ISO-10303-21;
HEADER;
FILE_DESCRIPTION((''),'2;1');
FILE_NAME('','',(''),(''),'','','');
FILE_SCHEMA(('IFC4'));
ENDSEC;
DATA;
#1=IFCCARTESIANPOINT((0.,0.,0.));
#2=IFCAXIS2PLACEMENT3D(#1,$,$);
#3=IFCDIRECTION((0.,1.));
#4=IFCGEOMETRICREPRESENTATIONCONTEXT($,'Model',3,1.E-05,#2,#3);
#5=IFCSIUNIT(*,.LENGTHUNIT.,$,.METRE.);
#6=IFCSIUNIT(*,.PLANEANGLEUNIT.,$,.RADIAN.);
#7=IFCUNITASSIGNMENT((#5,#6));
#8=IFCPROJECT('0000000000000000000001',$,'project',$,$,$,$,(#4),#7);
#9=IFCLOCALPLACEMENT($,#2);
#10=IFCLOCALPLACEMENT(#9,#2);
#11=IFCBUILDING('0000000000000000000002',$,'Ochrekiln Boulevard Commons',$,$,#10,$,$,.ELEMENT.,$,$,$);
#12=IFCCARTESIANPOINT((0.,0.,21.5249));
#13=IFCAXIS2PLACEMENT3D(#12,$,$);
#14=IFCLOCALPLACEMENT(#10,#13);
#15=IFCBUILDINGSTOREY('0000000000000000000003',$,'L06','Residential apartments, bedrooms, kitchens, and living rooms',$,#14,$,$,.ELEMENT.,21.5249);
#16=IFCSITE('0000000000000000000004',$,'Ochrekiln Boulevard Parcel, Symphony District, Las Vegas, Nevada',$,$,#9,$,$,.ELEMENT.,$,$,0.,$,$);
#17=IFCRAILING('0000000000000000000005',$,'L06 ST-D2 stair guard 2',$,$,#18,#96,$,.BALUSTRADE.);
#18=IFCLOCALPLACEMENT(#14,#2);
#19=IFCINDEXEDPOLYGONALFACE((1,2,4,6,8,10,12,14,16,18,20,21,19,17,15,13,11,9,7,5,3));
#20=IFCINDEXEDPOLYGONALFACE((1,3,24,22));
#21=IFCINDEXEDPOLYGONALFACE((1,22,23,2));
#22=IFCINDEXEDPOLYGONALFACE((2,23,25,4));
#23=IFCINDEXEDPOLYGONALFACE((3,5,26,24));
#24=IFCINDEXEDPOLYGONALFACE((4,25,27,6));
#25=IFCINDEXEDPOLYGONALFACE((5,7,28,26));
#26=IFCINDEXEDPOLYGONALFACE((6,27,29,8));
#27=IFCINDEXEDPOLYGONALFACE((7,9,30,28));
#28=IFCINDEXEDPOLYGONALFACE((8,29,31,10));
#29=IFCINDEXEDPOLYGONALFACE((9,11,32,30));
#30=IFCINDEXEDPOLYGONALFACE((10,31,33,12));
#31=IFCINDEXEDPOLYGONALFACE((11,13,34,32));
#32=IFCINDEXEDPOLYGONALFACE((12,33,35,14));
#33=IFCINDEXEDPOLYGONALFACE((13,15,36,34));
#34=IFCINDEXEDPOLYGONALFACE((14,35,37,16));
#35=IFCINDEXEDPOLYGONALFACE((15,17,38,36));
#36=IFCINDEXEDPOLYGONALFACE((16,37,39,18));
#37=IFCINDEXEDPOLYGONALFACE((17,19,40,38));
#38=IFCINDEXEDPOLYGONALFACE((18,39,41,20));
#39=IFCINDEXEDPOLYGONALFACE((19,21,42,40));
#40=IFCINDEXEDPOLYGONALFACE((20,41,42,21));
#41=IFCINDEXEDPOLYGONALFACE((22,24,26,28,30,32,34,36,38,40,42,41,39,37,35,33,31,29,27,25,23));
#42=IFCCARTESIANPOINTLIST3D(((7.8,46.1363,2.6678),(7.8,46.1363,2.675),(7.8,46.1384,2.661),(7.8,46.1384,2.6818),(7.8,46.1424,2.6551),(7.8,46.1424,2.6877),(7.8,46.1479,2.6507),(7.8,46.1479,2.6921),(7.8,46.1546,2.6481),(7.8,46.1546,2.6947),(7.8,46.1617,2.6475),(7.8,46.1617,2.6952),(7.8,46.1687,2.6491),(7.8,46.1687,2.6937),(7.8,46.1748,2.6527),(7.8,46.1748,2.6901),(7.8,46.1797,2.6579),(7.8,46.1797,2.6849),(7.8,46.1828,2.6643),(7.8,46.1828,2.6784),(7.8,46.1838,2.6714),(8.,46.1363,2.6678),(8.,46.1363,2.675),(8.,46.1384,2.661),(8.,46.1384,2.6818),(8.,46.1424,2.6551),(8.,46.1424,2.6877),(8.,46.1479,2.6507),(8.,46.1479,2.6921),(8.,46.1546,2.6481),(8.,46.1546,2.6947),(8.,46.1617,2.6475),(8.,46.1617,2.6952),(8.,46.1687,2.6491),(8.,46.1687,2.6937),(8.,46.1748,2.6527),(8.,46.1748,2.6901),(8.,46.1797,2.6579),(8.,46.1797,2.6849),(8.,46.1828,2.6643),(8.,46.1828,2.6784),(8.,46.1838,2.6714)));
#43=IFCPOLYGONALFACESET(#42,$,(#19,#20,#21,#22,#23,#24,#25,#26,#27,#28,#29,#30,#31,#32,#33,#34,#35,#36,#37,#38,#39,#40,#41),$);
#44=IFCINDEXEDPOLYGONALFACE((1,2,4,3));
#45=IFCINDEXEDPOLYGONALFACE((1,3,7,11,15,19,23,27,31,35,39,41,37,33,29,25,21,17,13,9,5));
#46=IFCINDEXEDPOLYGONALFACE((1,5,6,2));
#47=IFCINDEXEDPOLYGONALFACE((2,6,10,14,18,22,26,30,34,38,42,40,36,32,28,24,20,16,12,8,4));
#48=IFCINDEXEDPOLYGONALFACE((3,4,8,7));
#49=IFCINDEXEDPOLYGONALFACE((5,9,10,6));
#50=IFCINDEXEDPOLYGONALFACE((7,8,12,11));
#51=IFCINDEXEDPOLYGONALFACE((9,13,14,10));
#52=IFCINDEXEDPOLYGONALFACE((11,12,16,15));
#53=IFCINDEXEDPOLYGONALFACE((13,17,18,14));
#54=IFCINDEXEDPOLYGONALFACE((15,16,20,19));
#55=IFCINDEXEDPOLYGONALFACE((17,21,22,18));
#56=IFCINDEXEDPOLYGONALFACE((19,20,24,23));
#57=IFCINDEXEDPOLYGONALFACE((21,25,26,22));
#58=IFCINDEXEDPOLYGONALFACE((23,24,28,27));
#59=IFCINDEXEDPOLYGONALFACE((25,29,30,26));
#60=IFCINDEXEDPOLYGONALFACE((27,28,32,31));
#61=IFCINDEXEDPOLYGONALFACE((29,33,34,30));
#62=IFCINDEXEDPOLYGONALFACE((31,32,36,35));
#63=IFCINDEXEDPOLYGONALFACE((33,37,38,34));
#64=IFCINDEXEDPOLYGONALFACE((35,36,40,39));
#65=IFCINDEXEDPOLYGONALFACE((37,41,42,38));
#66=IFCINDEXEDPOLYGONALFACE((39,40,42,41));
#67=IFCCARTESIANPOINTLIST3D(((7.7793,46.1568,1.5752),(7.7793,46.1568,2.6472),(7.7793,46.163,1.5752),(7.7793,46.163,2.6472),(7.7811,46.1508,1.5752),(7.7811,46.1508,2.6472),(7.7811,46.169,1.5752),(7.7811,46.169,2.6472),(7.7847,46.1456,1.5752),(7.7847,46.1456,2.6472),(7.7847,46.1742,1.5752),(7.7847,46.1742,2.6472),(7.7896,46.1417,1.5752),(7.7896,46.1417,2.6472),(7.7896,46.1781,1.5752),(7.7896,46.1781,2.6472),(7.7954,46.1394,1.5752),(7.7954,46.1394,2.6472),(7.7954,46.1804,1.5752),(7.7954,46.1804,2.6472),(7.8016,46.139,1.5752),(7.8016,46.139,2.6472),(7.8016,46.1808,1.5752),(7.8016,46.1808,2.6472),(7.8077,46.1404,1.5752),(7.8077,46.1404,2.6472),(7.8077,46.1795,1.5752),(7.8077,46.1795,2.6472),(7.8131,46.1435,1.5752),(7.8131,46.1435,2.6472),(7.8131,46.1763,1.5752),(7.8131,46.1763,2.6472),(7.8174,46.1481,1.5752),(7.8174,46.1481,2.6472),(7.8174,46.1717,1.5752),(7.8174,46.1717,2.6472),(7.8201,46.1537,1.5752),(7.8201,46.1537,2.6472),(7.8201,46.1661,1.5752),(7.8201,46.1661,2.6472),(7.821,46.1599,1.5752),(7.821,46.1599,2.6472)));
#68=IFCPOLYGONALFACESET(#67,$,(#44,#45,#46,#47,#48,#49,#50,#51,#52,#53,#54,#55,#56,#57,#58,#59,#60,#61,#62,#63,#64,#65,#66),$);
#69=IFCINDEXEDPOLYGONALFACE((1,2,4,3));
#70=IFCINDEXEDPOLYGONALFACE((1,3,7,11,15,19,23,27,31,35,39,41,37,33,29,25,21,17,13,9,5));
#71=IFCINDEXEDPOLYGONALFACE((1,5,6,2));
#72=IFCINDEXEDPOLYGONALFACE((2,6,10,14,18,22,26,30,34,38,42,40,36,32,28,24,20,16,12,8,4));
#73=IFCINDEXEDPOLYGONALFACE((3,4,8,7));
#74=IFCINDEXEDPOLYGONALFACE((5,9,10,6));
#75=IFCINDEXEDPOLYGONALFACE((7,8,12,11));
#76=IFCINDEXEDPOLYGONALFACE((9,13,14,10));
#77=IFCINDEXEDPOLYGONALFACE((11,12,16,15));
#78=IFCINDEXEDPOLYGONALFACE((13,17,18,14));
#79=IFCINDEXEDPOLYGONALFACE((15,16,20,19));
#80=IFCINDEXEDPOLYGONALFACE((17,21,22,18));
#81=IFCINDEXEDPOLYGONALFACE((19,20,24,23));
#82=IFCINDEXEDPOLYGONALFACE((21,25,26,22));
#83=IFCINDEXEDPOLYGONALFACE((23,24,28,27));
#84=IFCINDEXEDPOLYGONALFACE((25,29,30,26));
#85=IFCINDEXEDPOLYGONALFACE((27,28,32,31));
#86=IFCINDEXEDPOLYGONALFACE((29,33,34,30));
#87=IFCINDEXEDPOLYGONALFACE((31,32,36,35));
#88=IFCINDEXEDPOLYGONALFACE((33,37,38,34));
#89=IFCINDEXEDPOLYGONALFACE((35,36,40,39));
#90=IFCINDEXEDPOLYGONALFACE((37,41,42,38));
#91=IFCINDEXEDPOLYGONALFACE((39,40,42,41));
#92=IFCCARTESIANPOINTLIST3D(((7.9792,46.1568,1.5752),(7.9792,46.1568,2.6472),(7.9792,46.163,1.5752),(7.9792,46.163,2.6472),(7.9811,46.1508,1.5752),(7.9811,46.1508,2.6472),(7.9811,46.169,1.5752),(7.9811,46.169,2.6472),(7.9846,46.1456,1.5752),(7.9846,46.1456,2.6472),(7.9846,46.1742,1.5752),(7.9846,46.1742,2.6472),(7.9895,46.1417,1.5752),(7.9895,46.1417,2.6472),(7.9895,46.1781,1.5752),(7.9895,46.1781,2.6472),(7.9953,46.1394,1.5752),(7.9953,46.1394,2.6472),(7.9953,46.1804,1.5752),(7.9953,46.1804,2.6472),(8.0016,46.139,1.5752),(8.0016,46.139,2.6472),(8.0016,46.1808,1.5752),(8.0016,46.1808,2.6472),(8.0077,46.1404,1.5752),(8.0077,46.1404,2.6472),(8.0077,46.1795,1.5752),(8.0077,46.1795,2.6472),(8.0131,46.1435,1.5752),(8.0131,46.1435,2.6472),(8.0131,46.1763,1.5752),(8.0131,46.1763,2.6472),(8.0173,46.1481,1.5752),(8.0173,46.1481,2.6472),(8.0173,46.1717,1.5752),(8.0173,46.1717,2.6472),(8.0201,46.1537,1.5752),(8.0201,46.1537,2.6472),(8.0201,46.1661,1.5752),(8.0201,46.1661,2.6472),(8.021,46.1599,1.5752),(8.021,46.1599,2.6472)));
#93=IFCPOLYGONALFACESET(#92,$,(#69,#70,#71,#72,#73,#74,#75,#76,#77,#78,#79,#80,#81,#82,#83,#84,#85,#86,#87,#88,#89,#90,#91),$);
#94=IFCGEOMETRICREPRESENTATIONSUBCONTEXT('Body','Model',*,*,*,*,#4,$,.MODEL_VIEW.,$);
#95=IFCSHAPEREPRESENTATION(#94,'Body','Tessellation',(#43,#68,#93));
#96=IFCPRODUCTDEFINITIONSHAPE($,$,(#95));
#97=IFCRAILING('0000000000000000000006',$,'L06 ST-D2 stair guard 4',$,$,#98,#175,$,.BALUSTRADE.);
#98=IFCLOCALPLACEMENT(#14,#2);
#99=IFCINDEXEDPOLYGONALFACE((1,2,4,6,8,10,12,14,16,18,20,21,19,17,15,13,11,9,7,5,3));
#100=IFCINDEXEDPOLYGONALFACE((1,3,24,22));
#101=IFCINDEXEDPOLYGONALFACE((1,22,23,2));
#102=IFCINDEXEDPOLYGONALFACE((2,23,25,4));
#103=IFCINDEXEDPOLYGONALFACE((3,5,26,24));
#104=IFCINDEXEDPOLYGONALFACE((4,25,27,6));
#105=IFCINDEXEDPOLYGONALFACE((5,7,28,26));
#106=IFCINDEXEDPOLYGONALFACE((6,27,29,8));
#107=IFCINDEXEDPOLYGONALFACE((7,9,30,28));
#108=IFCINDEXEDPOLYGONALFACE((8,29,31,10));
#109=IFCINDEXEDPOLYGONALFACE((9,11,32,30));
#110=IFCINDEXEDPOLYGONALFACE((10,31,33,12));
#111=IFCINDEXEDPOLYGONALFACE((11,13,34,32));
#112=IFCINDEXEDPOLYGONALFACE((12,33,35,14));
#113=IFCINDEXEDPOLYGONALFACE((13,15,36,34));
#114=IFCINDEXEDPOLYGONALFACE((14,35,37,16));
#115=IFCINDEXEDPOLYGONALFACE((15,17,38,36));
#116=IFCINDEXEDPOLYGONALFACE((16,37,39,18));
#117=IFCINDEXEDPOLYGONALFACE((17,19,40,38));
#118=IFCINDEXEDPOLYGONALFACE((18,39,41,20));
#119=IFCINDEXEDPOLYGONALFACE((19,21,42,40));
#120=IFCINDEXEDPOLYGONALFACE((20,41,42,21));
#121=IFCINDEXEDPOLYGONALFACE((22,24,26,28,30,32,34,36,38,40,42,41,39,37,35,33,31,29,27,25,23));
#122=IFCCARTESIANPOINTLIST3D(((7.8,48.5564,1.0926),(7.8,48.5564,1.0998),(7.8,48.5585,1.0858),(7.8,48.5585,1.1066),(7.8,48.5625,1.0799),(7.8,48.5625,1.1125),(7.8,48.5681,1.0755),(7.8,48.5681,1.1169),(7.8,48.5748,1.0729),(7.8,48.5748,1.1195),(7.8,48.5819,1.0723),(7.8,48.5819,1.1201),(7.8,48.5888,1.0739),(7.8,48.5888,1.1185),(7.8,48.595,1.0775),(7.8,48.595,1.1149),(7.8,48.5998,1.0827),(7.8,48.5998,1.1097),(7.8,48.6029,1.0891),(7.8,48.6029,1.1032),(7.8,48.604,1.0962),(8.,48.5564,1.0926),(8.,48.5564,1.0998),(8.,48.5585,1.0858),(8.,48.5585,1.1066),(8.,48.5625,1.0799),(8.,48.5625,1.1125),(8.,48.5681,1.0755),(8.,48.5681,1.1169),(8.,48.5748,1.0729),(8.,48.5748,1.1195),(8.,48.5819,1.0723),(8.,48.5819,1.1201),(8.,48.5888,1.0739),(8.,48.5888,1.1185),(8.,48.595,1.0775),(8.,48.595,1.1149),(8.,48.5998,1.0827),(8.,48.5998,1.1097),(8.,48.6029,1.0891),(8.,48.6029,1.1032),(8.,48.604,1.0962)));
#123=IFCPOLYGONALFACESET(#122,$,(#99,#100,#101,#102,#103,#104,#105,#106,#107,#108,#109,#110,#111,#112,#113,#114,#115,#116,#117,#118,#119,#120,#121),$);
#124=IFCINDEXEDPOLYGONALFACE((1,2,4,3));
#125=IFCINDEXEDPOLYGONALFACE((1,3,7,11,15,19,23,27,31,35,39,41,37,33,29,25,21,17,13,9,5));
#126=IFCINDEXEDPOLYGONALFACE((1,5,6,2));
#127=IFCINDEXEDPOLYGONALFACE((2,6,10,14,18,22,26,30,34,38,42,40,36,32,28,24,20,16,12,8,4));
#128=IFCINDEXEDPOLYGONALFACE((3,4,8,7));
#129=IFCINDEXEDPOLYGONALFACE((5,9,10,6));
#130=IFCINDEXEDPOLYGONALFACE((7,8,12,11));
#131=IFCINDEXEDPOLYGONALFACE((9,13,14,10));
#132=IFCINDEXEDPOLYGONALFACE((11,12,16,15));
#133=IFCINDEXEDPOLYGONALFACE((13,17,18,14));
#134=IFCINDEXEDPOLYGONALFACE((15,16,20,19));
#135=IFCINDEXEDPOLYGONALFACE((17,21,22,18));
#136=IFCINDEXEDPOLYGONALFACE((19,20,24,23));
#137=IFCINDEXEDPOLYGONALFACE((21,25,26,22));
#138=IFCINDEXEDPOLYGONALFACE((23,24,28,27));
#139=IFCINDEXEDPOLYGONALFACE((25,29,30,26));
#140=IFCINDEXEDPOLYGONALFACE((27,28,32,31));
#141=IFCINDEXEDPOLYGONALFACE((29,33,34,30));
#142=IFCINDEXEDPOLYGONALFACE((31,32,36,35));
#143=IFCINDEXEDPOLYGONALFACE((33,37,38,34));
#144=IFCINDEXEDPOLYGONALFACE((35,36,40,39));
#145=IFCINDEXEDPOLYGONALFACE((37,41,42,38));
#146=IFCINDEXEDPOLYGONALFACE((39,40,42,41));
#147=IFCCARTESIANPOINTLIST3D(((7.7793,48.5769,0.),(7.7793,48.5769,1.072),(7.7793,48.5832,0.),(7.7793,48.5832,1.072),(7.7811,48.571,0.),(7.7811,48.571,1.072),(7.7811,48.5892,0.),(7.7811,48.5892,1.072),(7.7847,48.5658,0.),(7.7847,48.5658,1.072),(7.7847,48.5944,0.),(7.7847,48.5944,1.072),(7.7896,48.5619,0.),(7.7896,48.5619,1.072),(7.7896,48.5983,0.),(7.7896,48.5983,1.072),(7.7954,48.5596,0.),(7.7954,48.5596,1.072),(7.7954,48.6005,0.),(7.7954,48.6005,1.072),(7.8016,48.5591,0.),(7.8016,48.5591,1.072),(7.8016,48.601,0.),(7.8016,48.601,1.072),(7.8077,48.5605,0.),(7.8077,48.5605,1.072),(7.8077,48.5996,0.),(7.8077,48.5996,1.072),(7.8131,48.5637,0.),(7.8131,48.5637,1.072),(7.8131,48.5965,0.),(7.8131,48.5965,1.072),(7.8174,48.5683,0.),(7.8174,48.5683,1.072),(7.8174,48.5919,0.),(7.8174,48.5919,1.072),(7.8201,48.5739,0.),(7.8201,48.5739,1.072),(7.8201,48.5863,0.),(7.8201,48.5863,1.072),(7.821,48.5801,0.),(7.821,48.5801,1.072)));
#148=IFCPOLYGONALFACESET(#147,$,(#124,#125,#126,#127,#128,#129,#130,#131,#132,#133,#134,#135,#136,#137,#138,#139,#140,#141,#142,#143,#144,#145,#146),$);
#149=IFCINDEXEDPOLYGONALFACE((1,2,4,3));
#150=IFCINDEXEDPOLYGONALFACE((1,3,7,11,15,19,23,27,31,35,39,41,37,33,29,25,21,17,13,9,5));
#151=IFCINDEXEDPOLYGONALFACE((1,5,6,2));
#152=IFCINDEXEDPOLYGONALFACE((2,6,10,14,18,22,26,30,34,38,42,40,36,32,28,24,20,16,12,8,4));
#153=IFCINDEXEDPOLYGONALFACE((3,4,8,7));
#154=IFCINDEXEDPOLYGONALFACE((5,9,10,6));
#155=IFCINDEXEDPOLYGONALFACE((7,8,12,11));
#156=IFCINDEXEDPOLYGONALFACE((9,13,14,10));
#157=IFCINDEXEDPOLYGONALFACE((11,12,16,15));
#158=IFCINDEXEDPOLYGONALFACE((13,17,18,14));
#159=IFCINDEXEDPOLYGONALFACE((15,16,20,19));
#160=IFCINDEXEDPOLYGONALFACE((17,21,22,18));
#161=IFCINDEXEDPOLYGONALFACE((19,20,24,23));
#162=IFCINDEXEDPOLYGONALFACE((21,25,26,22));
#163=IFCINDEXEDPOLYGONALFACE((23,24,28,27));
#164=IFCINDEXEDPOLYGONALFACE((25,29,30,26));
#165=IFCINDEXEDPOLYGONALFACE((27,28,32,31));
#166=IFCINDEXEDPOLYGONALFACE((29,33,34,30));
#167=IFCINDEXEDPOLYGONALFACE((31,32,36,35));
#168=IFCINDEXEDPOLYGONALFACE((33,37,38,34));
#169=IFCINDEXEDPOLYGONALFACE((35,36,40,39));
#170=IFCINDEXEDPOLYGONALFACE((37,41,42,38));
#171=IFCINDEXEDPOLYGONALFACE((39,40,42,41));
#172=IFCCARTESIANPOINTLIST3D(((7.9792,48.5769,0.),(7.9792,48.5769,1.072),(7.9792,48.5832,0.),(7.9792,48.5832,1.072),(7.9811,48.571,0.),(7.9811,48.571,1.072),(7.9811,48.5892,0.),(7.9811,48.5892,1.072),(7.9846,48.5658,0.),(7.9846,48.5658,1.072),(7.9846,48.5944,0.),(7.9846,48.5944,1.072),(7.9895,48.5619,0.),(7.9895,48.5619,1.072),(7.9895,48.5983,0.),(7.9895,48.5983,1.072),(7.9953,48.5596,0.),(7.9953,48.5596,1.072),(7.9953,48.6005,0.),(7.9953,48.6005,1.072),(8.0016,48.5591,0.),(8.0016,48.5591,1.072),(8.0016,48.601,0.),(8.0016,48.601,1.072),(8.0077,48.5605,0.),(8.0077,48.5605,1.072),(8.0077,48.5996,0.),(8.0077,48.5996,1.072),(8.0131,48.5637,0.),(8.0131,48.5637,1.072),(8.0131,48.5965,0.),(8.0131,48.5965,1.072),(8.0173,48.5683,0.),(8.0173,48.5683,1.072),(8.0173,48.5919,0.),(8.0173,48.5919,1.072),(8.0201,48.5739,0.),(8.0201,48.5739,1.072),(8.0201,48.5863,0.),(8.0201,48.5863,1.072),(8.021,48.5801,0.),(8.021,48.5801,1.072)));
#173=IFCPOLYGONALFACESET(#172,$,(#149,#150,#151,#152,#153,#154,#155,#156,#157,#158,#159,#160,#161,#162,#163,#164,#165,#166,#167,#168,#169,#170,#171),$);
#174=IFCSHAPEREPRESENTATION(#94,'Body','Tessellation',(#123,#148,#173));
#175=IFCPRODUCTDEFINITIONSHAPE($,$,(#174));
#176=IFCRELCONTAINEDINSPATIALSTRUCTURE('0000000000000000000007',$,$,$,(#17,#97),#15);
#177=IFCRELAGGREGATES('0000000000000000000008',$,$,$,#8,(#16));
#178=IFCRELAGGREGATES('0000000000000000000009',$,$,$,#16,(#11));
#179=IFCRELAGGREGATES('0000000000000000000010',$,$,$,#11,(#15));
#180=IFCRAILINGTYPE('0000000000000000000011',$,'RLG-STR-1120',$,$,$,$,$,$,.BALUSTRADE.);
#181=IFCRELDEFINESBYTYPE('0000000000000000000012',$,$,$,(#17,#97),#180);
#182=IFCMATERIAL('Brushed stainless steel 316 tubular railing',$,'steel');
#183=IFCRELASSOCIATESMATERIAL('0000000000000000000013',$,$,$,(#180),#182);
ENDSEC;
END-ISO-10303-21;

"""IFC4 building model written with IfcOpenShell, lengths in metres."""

from ifc_helpers import new_model, si_unit, direction, frame, origin, origin_2d, place, context, subcontext, project, spatial, circle, extrude, material, type_object, element, save


model = new_model("IFC4")

# Units and contexts
model_context = context("Model", 3, precision=1e-05, world=origin(), true_north=direction((0.0, 1.0)))
body_context = subcontext(model_context, "Body", "Model", "MODEL_VIEW")
ifc_project = project(units=[si_unit("LENGTHUNIT", "METRE"), si_unit("PLANEANGLEUNIT", "RADIAN")], contexts=[model_context])

# Site, building, storey
site_placement = place(None, origin())
site = spatial("IfcSite", under=ifc_project, at=site_placement, Name="Ochrekiln Boulevard Parcel, Symphony District, Las Vegas, Nevada", CompositionType="ELEMENT", RefElevation=0.0)
building_placement = place(site_placement, origin())
building = spatial("IfcBuilding", under=site, at=building_placement, Name="Ochrekiln Boulevard Commons", CompositionType="ELEMENT")
storey_placement = place(building_placement, frame((0.0, 0.0, 21.5249)))
storey = spatial("IfcBuildingStorey", under=building, at=storey_placement, Name="L06", Description="Residential apartments, bedrooms, kitchens, and living rooms", CompositionType="ELEMENT", Elevation=21.5249)

# Railings
ifc_material_1 = material(Name="Brushed stainless steel 316 tubular railing", Category="steel")
railing_type_1 = type_object("IfcRailingType", Name="RLG-STR-1120", PredefinedType="BALUSTRADE", material=ifc_material_1)
for number, where, name in (
    (1, (7.8, 46.1599, 1.5752), "L06 ST-D2 stair guard 2"),
    (2, (7.8, 48.5801, 0.0), "L06 ST-D2 stair guard 4"),
):
    element("IfcRailing", number, at=place(storey_placement, frame(where)), inside=storey, type_object=railing_type_1, Name=name, PredefinedType="BALUSTRADE", context=body_context, shape_type="SweptSolid", body=[
        extrude(circle(Radius=0.0239, at=origin_2d()), frame((0.0, 0.0, 1.0962), z_axis=(1.0, 0.0, 0.0), x_axis=(0.0, 1.0, 0.0)), (0.0, 0.0, 1.0), 0.2),
        extrude(circle(Radius=0.021, at=origin_2d()), origin(), (0.0, 0.0, 1.0), 1.072),
        extrude(circle(Radius=0.021, at=origin_2d()), frame((0.2, 0.0, 0.0)), (0.0, 0.0, 1.0), 1.072),
    ])

save(model, "model.ifc")
